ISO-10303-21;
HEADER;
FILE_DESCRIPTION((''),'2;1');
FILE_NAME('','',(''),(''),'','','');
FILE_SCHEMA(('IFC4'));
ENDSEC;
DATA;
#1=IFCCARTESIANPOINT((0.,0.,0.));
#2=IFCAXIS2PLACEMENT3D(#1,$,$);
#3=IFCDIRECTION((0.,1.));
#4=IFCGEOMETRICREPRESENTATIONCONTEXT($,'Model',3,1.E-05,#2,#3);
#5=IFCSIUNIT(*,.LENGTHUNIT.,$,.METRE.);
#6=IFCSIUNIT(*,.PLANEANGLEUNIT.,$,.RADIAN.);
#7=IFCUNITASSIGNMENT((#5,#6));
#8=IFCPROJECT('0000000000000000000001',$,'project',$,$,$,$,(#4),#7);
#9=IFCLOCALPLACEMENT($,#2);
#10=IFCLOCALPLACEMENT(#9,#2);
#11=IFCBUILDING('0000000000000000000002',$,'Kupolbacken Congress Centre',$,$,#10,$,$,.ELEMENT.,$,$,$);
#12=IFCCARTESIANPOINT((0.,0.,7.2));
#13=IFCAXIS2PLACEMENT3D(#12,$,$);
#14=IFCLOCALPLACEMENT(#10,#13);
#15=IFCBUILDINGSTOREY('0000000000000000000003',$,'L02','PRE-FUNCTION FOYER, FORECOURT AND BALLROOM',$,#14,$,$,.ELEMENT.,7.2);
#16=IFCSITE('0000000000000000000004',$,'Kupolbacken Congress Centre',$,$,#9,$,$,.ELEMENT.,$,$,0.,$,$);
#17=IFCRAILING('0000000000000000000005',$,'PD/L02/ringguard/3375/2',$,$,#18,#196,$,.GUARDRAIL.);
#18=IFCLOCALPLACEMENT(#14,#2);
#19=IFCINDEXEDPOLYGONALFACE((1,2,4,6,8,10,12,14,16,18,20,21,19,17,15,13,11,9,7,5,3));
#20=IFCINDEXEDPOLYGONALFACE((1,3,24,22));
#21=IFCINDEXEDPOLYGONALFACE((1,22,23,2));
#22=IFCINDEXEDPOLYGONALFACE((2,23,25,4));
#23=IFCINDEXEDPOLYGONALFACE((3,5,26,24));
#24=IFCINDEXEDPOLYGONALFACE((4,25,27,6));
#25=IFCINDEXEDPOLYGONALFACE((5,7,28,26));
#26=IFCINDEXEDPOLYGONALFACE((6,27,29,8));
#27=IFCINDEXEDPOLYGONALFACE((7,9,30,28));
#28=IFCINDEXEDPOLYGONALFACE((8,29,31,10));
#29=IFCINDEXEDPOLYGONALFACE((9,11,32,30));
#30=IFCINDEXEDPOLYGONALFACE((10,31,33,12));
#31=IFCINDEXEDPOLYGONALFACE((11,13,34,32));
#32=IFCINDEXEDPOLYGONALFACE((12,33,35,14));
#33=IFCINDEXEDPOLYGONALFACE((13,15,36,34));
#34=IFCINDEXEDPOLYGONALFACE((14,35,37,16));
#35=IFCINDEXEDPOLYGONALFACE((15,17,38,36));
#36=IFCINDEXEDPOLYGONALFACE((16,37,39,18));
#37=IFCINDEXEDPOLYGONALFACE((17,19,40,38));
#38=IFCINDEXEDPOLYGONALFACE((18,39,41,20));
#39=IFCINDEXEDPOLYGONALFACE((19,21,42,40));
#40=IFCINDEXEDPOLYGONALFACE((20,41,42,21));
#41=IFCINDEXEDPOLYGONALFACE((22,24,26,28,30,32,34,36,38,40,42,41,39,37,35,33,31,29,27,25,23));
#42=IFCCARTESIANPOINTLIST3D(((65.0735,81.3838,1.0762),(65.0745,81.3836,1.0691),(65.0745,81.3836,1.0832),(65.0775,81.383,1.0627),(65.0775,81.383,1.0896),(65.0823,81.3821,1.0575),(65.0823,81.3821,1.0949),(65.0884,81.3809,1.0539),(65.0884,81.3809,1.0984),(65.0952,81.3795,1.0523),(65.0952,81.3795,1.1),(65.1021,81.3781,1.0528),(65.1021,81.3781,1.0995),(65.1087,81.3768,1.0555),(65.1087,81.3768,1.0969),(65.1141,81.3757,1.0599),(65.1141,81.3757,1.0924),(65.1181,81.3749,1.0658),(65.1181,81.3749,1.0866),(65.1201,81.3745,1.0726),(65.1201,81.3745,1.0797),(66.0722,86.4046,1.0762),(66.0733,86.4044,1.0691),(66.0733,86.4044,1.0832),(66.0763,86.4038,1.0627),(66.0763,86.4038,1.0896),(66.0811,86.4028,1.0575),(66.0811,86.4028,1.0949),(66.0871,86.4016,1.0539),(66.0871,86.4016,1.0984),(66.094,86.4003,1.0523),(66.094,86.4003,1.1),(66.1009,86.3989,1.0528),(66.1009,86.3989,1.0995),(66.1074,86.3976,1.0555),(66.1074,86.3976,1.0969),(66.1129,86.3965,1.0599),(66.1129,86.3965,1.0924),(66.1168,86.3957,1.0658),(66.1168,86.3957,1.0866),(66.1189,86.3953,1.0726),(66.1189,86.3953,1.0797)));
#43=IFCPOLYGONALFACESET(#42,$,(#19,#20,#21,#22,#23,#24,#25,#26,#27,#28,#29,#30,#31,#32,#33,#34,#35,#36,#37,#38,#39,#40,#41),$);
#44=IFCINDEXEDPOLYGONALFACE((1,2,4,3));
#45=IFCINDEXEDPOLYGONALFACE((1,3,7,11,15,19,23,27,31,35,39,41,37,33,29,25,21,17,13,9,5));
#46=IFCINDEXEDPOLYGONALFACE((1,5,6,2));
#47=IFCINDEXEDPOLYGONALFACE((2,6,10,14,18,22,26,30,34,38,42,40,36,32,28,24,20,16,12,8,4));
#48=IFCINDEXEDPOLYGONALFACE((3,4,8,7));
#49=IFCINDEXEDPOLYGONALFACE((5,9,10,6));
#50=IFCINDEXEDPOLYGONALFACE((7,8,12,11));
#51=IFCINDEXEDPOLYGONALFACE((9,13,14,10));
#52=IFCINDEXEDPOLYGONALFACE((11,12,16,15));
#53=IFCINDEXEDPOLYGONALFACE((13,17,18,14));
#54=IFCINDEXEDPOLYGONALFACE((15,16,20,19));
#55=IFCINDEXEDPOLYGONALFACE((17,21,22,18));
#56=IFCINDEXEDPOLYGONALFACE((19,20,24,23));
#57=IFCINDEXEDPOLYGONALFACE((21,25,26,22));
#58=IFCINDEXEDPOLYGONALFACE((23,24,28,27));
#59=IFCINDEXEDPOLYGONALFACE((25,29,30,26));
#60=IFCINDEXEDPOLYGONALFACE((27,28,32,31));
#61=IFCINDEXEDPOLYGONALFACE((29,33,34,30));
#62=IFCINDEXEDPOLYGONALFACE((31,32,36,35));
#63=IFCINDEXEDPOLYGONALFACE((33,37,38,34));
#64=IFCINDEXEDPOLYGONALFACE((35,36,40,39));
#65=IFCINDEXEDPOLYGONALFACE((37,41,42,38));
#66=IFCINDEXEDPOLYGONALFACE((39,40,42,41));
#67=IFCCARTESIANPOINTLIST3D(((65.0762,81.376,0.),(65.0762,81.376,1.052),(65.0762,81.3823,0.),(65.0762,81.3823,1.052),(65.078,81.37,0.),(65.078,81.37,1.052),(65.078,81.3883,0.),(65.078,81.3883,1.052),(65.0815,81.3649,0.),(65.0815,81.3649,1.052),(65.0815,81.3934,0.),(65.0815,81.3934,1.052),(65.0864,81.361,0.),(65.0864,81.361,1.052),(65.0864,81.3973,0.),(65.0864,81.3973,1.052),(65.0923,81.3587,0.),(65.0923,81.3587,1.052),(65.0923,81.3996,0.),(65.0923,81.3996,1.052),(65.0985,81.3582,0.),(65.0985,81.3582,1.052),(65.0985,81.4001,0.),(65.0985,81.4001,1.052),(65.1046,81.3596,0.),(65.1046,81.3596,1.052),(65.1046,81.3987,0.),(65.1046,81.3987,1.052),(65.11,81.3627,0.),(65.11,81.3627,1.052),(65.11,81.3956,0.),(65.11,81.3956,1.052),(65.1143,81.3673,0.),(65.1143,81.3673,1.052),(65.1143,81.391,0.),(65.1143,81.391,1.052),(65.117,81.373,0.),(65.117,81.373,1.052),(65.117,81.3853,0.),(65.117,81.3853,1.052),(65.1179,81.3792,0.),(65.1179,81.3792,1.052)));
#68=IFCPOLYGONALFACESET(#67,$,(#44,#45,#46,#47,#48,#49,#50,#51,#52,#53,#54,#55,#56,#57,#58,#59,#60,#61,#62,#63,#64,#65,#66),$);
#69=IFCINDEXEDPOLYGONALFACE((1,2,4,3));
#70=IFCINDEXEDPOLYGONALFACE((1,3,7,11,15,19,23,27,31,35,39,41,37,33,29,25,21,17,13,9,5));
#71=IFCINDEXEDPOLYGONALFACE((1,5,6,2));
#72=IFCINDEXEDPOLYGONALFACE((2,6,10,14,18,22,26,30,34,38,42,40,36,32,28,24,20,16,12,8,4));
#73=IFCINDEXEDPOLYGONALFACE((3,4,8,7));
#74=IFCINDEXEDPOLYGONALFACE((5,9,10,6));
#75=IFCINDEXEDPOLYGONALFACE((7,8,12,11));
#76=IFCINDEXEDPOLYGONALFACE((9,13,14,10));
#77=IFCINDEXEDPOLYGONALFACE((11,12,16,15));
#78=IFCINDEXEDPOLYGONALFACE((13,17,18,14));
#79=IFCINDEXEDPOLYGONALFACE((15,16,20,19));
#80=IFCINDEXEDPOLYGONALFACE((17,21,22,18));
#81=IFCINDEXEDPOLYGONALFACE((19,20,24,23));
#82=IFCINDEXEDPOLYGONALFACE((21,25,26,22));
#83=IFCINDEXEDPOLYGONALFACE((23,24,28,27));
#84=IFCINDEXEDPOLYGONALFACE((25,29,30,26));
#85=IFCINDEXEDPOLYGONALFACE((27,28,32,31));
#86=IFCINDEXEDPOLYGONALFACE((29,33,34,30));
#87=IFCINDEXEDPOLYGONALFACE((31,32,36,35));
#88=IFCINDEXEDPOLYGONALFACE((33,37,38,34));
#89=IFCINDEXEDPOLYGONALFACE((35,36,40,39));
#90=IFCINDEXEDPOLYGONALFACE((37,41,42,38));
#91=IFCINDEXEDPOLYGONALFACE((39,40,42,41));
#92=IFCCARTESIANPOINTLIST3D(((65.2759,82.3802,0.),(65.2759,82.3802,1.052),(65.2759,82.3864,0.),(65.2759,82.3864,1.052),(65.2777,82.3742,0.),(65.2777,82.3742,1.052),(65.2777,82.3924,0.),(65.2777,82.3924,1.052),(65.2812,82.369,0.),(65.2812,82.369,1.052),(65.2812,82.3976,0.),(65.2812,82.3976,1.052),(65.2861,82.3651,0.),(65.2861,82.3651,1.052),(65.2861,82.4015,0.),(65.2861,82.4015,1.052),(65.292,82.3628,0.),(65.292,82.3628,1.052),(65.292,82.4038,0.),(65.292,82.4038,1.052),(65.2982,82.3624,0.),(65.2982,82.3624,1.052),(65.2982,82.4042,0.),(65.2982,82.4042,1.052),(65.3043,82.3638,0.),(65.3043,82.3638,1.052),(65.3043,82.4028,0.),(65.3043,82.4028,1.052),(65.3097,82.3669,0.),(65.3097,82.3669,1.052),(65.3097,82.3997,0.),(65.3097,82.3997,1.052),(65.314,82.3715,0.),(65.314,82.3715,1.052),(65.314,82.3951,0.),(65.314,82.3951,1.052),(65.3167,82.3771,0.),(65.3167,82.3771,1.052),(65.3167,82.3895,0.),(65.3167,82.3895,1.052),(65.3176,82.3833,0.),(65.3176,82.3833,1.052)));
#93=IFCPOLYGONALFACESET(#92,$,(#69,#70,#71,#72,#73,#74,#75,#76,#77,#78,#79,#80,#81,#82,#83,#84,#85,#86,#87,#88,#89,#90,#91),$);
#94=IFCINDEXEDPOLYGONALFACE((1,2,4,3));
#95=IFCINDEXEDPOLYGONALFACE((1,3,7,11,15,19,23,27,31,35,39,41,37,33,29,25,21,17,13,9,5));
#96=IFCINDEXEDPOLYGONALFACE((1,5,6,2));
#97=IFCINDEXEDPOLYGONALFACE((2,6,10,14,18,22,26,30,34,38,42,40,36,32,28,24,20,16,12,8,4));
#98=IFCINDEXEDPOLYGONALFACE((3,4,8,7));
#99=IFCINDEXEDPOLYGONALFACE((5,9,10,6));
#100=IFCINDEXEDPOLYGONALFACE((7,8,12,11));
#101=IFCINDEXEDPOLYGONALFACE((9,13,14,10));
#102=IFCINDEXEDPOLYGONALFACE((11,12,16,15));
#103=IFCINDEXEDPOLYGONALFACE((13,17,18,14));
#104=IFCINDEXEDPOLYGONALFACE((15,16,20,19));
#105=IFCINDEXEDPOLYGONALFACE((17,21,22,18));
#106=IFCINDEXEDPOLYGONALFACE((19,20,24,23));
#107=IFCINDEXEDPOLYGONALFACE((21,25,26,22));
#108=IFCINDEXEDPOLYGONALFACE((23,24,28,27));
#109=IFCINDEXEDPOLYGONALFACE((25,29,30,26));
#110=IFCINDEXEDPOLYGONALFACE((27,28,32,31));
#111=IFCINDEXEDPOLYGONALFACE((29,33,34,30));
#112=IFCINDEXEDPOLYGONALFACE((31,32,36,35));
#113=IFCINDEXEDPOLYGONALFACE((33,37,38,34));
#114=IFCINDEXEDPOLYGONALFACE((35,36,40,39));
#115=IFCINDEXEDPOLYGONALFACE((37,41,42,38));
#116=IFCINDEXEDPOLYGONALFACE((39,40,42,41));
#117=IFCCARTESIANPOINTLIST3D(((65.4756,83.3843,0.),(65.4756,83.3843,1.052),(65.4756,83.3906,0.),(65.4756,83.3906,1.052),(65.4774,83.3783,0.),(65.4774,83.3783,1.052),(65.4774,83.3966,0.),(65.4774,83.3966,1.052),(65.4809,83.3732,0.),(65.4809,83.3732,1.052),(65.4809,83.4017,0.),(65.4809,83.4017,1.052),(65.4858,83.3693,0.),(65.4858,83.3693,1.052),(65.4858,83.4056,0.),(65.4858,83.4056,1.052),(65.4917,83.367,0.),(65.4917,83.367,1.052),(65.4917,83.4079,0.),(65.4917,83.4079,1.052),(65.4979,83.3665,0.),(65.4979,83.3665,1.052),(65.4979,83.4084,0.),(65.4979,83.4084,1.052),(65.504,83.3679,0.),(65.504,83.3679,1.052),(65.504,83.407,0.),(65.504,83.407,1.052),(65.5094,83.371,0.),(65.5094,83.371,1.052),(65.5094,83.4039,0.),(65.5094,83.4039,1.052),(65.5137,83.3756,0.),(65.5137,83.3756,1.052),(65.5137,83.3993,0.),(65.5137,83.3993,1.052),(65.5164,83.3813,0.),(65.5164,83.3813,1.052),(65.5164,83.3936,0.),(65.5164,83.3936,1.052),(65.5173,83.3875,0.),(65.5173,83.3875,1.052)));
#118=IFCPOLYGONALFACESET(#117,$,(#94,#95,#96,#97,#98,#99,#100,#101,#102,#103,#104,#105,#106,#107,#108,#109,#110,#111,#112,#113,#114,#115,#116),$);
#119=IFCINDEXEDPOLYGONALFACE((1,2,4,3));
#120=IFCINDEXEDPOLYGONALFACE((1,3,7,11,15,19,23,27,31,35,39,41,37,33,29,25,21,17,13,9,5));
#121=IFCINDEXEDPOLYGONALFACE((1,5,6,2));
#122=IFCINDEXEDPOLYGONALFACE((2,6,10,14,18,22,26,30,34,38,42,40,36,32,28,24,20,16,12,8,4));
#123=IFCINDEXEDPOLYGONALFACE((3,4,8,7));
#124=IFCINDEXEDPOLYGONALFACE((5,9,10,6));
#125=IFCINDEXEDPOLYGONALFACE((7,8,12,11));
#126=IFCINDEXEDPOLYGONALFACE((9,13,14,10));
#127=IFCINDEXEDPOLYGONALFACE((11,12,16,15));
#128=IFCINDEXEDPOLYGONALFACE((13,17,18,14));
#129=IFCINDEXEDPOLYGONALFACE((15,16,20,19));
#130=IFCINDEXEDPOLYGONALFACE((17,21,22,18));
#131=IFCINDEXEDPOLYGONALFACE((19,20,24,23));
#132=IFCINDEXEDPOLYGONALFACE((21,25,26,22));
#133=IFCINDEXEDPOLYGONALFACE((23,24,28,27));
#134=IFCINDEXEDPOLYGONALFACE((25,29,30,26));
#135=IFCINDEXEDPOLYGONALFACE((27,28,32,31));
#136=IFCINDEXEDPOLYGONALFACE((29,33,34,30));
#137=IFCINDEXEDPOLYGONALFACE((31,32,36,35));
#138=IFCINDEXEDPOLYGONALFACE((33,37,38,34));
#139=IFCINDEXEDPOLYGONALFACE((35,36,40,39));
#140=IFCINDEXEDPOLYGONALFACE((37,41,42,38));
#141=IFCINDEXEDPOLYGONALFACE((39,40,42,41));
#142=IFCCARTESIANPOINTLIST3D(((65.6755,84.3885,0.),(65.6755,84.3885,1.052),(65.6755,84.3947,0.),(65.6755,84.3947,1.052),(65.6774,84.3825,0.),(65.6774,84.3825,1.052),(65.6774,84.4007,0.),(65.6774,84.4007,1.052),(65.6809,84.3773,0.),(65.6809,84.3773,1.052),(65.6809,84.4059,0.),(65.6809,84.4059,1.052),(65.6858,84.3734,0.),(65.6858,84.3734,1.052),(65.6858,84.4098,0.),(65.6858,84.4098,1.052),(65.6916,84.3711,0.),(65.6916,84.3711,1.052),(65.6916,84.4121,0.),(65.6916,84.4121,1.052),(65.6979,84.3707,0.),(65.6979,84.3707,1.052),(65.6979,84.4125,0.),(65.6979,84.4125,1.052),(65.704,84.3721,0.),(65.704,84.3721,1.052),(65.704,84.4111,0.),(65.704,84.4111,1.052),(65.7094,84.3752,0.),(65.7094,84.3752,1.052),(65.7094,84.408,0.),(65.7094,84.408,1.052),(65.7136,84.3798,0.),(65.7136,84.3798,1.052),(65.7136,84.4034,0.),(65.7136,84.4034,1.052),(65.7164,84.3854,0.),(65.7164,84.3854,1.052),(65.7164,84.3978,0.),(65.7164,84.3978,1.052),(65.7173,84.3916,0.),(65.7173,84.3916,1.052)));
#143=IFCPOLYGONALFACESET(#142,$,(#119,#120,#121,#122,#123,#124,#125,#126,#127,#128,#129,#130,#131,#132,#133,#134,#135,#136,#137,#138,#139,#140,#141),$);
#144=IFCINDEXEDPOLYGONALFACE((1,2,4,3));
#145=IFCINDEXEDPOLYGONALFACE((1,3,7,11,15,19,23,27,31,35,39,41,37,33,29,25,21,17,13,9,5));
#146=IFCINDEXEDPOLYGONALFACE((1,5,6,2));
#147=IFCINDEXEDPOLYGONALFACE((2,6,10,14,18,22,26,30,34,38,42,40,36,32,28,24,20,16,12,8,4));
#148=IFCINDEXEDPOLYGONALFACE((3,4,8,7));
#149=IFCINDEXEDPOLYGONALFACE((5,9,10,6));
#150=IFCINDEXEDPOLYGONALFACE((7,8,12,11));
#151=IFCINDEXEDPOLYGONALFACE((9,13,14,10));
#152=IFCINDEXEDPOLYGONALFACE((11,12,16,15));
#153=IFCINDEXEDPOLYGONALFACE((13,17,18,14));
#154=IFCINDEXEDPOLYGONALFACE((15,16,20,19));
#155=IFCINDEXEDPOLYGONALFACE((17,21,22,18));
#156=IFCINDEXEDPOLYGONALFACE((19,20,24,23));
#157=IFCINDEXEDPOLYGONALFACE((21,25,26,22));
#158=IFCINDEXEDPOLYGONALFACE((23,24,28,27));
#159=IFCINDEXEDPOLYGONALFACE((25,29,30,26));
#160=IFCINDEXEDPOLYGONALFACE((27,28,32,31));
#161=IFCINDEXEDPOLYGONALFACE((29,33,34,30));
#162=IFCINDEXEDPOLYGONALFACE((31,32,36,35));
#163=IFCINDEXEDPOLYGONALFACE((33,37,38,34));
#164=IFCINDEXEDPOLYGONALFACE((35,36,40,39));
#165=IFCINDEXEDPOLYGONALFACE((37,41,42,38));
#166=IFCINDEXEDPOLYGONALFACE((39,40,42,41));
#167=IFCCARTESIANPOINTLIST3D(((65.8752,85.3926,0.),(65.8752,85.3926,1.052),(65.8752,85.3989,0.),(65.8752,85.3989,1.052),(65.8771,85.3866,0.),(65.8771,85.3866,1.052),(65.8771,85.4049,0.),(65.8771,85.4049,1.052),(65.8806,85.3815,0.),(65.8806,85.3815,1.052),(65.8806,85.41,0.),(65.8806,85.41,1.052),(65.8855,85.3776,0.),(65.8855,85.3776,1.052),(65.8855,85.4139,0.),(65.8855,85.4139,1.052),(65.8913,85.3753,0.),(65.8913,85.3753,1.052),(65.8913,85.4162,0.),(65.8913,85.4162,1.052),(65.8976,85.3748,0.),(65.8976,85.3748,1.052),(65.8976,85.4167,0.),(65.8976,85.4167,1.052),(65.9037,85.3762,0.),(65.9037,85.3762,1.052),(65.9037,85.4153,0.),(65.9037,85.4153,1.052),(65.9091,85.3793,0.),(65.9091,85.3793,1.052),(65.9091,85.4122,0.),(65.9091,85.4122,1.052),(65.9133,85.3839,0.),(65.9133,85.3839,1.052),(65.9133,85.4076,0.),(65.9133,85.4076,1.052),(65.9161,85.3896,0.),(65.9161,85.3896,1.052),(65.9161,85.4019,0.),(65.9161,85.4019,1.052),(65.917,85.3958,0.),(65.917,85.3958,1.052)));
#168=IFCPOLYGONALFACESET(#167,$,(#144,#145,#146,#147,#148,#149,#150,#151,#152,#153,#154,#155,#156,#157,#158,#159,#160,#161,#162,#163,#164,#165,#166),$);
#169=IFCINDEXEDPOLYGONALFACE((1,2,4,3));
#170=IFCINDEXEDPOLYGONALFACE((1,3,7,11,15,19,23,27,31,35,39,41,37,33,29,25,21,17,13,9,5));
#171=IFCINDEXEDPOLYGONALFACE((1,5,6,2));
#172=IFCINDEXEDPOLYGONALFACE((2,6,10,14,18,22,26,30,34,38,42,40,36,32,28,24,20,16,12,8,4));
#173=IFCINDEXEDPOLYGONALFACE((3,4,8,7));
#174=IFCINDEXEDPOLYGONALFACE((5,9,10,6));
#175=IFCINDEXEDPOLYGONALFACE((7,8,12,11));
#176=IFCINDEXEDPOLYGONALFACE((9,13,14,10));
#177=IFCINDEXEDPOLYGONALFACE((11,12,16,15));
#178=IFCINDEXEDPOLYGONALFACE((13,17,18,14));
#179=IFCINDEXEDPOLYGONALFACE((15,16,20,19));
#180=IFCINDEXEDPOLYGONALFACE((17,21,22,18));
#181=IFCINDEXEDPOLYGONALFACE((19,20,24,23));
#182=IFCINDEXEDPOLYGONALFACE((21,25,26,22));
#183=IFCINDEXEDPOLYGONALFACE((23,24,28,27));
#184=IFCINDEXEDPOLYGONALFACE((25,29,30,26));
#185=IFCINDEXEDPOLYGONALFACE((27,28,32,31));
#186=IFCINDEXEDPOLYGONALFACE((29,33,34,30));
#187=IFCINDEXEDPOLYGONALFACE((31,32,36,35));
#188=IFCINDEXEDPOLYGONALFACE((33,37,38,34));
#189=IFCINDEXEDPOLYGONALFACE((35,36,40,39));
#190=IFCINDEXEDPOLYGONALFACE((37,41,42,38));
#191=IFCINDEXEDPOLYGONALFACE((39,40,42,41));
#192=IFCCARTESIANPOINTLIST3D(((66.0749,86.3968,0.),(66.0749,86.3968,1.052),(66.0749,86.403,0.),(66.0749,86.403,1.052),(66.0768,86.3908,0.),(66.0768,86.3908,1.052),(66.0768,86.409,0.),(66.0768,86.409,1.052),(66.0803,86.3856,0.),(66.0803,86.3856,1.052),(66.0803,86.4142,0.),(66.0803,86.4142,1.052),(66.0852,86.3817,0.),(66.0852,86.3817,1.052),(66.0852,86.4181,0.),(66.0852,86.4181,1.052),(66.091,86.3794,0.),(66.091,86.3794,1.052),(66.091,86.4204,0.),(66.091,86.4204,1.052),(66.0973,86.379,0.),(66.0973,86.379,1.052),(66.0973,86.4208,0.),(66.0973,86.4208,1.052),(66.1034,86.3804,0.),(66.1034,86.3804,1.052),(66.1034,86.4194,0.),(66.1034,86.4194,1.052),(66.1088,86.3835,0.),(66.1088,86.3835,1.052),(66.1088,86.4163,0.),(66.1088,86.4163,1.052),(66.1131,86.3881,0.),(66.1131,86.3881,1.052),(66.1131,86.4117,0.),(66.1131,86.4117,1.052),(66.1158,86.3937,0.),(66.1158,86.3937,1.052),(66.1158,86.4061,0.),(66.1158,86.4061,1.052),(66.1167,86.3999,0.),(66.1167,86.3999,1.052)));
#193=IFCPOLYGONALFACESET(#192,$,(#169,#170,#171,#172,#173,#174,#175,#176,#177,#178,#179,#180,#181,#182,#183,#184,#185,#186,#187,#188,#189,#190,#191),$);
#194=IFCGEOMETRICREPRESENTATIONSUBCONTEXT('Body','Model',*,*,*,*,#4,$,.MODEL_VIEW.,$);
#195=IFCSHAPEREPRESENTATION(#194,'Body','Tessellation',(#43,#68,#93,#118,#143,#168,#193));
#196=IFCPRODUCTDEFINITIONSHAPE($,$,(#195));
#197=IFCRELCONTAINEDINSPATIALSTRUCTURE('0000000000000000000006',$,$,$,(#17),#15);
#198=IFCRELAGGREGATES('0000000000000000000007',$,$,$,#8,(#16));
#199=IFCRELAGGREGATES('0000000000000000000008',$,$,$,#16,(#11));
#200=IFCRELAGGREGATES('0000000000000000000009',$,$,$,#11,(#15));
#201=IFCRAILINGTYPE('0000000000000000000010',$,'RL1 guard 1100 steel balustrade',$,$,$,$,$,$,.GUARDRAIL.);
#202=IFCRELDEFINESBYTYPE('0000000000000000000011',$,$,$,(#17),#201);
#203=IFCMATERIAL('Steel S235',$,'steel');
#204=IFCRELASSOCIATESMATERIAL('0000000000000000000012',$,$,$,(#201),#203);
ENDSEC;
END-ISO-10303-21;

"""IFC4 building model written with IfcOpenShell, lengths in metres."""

from ifc_helpers import new_model, si_unit, direction, frame, origin, origin_2d, place, context, subcontext, project, spatial, circle, extrude, material, type_object, element, save


model = new_model("IFC4")

# Units and contexts
model_context = context("Model", 3, precision=1e-05, world=origin(), true_north=direction((0.0, 1.0)))
body_context = subcontext(model_context, "Body", "Model", "MODEL_VIEW")
ifc_project = project(units=[si_unit("LENGTHUNIT", "METRE"), si_unit("PLANEANGLEUNIT", "RADIAN")], contexts=[model_context])

# Site, building, storey
site_placement = place(None, origin())
site = spatial("IfcSite", under=ifc_project, at=site_placement, Name="Kupolbacken Congress Centre", CompositionType="ELEMENT", RefElevation=0.0)
building_placement = place(site_placement, origin())
building = spatial("IfcBuilding", under=site, at=building_placement, Name="Kupolbacken Congress Centre", CompositionType="ELEMENT")
storey_placement = place(building_placement, frame((0.0, 0.0, 7.2)))
storey = spatial("IfcBuildingStorey", under=building, at=storey_placement, Name="L02", Description="PRE-FUNCTION FOYER, FORECOURT AND BALLROOM", CompositionType="ELEMENT", Elevation=7.2)

# Railing
ifc_material_1 = material(Name="Steel S235", Category="steel")
railing_type = type_object("IfcRailingType", Name="RL1 guard 1100 steel balustrade", PredefinedType="GUARDRAIL", material=ifc_material_1)
railing_1_placement = place(storey_placement, frame((65.0969, 81.3792, 0.0)))
element("IfcRailing", 1, at=railing_1_placement, inside=storey, type_object=railing_type, Name="PD/L02/ringguard/3375/2", PredefinedType="GUARDRAIL", context=body_context, shape_type="SweptSolid", body=[
    extrude(circle(Radius=0.0239, at=origin_2d()), frame((0.0, 0.0, 1.0762), z_axis=(0.195107, 0.980782, 0.0), x_axis=(-0.980782, 0.195107, 0.0)), (0.0, 0.0, 1.0), 5.1191),
    extrude(circle(Radius=0.021, at=origin_2d()), origin(), (0.0, 0.0, 1.0), 1.052),
    extrude(circle(Radius=0.021, at=origin_2d()), frame((0.1997, 1.0042, 0.0)), (0.0, 0.0, 1.0), 1.052),
    extrude(circle(Radius=0.021, at=origin_2d()), frame((0.3994, 2.0083, 0.0)), (0.0, 0.0, 1.0), 1.052),
    extrude(circle(Radius=0.021, at=origin_2d()), frame((0.5994, 3.0125, 0.0)), (0.0, 0.0, 1.0), 1.052),
    extrude(circle(Radius=0.021, at=origin_2d()), frame((0.7991, 4.0166, 0.0)), (0.0, 0.0, 1.0), 1.052),
    extrude(circle(Radius=0.021, at=origin_2d()), frame((0.9988, 5.0208, 0.0)), (0.0, 0.0, 1.0), 1.052),
])

save(model, "model.ifc")
